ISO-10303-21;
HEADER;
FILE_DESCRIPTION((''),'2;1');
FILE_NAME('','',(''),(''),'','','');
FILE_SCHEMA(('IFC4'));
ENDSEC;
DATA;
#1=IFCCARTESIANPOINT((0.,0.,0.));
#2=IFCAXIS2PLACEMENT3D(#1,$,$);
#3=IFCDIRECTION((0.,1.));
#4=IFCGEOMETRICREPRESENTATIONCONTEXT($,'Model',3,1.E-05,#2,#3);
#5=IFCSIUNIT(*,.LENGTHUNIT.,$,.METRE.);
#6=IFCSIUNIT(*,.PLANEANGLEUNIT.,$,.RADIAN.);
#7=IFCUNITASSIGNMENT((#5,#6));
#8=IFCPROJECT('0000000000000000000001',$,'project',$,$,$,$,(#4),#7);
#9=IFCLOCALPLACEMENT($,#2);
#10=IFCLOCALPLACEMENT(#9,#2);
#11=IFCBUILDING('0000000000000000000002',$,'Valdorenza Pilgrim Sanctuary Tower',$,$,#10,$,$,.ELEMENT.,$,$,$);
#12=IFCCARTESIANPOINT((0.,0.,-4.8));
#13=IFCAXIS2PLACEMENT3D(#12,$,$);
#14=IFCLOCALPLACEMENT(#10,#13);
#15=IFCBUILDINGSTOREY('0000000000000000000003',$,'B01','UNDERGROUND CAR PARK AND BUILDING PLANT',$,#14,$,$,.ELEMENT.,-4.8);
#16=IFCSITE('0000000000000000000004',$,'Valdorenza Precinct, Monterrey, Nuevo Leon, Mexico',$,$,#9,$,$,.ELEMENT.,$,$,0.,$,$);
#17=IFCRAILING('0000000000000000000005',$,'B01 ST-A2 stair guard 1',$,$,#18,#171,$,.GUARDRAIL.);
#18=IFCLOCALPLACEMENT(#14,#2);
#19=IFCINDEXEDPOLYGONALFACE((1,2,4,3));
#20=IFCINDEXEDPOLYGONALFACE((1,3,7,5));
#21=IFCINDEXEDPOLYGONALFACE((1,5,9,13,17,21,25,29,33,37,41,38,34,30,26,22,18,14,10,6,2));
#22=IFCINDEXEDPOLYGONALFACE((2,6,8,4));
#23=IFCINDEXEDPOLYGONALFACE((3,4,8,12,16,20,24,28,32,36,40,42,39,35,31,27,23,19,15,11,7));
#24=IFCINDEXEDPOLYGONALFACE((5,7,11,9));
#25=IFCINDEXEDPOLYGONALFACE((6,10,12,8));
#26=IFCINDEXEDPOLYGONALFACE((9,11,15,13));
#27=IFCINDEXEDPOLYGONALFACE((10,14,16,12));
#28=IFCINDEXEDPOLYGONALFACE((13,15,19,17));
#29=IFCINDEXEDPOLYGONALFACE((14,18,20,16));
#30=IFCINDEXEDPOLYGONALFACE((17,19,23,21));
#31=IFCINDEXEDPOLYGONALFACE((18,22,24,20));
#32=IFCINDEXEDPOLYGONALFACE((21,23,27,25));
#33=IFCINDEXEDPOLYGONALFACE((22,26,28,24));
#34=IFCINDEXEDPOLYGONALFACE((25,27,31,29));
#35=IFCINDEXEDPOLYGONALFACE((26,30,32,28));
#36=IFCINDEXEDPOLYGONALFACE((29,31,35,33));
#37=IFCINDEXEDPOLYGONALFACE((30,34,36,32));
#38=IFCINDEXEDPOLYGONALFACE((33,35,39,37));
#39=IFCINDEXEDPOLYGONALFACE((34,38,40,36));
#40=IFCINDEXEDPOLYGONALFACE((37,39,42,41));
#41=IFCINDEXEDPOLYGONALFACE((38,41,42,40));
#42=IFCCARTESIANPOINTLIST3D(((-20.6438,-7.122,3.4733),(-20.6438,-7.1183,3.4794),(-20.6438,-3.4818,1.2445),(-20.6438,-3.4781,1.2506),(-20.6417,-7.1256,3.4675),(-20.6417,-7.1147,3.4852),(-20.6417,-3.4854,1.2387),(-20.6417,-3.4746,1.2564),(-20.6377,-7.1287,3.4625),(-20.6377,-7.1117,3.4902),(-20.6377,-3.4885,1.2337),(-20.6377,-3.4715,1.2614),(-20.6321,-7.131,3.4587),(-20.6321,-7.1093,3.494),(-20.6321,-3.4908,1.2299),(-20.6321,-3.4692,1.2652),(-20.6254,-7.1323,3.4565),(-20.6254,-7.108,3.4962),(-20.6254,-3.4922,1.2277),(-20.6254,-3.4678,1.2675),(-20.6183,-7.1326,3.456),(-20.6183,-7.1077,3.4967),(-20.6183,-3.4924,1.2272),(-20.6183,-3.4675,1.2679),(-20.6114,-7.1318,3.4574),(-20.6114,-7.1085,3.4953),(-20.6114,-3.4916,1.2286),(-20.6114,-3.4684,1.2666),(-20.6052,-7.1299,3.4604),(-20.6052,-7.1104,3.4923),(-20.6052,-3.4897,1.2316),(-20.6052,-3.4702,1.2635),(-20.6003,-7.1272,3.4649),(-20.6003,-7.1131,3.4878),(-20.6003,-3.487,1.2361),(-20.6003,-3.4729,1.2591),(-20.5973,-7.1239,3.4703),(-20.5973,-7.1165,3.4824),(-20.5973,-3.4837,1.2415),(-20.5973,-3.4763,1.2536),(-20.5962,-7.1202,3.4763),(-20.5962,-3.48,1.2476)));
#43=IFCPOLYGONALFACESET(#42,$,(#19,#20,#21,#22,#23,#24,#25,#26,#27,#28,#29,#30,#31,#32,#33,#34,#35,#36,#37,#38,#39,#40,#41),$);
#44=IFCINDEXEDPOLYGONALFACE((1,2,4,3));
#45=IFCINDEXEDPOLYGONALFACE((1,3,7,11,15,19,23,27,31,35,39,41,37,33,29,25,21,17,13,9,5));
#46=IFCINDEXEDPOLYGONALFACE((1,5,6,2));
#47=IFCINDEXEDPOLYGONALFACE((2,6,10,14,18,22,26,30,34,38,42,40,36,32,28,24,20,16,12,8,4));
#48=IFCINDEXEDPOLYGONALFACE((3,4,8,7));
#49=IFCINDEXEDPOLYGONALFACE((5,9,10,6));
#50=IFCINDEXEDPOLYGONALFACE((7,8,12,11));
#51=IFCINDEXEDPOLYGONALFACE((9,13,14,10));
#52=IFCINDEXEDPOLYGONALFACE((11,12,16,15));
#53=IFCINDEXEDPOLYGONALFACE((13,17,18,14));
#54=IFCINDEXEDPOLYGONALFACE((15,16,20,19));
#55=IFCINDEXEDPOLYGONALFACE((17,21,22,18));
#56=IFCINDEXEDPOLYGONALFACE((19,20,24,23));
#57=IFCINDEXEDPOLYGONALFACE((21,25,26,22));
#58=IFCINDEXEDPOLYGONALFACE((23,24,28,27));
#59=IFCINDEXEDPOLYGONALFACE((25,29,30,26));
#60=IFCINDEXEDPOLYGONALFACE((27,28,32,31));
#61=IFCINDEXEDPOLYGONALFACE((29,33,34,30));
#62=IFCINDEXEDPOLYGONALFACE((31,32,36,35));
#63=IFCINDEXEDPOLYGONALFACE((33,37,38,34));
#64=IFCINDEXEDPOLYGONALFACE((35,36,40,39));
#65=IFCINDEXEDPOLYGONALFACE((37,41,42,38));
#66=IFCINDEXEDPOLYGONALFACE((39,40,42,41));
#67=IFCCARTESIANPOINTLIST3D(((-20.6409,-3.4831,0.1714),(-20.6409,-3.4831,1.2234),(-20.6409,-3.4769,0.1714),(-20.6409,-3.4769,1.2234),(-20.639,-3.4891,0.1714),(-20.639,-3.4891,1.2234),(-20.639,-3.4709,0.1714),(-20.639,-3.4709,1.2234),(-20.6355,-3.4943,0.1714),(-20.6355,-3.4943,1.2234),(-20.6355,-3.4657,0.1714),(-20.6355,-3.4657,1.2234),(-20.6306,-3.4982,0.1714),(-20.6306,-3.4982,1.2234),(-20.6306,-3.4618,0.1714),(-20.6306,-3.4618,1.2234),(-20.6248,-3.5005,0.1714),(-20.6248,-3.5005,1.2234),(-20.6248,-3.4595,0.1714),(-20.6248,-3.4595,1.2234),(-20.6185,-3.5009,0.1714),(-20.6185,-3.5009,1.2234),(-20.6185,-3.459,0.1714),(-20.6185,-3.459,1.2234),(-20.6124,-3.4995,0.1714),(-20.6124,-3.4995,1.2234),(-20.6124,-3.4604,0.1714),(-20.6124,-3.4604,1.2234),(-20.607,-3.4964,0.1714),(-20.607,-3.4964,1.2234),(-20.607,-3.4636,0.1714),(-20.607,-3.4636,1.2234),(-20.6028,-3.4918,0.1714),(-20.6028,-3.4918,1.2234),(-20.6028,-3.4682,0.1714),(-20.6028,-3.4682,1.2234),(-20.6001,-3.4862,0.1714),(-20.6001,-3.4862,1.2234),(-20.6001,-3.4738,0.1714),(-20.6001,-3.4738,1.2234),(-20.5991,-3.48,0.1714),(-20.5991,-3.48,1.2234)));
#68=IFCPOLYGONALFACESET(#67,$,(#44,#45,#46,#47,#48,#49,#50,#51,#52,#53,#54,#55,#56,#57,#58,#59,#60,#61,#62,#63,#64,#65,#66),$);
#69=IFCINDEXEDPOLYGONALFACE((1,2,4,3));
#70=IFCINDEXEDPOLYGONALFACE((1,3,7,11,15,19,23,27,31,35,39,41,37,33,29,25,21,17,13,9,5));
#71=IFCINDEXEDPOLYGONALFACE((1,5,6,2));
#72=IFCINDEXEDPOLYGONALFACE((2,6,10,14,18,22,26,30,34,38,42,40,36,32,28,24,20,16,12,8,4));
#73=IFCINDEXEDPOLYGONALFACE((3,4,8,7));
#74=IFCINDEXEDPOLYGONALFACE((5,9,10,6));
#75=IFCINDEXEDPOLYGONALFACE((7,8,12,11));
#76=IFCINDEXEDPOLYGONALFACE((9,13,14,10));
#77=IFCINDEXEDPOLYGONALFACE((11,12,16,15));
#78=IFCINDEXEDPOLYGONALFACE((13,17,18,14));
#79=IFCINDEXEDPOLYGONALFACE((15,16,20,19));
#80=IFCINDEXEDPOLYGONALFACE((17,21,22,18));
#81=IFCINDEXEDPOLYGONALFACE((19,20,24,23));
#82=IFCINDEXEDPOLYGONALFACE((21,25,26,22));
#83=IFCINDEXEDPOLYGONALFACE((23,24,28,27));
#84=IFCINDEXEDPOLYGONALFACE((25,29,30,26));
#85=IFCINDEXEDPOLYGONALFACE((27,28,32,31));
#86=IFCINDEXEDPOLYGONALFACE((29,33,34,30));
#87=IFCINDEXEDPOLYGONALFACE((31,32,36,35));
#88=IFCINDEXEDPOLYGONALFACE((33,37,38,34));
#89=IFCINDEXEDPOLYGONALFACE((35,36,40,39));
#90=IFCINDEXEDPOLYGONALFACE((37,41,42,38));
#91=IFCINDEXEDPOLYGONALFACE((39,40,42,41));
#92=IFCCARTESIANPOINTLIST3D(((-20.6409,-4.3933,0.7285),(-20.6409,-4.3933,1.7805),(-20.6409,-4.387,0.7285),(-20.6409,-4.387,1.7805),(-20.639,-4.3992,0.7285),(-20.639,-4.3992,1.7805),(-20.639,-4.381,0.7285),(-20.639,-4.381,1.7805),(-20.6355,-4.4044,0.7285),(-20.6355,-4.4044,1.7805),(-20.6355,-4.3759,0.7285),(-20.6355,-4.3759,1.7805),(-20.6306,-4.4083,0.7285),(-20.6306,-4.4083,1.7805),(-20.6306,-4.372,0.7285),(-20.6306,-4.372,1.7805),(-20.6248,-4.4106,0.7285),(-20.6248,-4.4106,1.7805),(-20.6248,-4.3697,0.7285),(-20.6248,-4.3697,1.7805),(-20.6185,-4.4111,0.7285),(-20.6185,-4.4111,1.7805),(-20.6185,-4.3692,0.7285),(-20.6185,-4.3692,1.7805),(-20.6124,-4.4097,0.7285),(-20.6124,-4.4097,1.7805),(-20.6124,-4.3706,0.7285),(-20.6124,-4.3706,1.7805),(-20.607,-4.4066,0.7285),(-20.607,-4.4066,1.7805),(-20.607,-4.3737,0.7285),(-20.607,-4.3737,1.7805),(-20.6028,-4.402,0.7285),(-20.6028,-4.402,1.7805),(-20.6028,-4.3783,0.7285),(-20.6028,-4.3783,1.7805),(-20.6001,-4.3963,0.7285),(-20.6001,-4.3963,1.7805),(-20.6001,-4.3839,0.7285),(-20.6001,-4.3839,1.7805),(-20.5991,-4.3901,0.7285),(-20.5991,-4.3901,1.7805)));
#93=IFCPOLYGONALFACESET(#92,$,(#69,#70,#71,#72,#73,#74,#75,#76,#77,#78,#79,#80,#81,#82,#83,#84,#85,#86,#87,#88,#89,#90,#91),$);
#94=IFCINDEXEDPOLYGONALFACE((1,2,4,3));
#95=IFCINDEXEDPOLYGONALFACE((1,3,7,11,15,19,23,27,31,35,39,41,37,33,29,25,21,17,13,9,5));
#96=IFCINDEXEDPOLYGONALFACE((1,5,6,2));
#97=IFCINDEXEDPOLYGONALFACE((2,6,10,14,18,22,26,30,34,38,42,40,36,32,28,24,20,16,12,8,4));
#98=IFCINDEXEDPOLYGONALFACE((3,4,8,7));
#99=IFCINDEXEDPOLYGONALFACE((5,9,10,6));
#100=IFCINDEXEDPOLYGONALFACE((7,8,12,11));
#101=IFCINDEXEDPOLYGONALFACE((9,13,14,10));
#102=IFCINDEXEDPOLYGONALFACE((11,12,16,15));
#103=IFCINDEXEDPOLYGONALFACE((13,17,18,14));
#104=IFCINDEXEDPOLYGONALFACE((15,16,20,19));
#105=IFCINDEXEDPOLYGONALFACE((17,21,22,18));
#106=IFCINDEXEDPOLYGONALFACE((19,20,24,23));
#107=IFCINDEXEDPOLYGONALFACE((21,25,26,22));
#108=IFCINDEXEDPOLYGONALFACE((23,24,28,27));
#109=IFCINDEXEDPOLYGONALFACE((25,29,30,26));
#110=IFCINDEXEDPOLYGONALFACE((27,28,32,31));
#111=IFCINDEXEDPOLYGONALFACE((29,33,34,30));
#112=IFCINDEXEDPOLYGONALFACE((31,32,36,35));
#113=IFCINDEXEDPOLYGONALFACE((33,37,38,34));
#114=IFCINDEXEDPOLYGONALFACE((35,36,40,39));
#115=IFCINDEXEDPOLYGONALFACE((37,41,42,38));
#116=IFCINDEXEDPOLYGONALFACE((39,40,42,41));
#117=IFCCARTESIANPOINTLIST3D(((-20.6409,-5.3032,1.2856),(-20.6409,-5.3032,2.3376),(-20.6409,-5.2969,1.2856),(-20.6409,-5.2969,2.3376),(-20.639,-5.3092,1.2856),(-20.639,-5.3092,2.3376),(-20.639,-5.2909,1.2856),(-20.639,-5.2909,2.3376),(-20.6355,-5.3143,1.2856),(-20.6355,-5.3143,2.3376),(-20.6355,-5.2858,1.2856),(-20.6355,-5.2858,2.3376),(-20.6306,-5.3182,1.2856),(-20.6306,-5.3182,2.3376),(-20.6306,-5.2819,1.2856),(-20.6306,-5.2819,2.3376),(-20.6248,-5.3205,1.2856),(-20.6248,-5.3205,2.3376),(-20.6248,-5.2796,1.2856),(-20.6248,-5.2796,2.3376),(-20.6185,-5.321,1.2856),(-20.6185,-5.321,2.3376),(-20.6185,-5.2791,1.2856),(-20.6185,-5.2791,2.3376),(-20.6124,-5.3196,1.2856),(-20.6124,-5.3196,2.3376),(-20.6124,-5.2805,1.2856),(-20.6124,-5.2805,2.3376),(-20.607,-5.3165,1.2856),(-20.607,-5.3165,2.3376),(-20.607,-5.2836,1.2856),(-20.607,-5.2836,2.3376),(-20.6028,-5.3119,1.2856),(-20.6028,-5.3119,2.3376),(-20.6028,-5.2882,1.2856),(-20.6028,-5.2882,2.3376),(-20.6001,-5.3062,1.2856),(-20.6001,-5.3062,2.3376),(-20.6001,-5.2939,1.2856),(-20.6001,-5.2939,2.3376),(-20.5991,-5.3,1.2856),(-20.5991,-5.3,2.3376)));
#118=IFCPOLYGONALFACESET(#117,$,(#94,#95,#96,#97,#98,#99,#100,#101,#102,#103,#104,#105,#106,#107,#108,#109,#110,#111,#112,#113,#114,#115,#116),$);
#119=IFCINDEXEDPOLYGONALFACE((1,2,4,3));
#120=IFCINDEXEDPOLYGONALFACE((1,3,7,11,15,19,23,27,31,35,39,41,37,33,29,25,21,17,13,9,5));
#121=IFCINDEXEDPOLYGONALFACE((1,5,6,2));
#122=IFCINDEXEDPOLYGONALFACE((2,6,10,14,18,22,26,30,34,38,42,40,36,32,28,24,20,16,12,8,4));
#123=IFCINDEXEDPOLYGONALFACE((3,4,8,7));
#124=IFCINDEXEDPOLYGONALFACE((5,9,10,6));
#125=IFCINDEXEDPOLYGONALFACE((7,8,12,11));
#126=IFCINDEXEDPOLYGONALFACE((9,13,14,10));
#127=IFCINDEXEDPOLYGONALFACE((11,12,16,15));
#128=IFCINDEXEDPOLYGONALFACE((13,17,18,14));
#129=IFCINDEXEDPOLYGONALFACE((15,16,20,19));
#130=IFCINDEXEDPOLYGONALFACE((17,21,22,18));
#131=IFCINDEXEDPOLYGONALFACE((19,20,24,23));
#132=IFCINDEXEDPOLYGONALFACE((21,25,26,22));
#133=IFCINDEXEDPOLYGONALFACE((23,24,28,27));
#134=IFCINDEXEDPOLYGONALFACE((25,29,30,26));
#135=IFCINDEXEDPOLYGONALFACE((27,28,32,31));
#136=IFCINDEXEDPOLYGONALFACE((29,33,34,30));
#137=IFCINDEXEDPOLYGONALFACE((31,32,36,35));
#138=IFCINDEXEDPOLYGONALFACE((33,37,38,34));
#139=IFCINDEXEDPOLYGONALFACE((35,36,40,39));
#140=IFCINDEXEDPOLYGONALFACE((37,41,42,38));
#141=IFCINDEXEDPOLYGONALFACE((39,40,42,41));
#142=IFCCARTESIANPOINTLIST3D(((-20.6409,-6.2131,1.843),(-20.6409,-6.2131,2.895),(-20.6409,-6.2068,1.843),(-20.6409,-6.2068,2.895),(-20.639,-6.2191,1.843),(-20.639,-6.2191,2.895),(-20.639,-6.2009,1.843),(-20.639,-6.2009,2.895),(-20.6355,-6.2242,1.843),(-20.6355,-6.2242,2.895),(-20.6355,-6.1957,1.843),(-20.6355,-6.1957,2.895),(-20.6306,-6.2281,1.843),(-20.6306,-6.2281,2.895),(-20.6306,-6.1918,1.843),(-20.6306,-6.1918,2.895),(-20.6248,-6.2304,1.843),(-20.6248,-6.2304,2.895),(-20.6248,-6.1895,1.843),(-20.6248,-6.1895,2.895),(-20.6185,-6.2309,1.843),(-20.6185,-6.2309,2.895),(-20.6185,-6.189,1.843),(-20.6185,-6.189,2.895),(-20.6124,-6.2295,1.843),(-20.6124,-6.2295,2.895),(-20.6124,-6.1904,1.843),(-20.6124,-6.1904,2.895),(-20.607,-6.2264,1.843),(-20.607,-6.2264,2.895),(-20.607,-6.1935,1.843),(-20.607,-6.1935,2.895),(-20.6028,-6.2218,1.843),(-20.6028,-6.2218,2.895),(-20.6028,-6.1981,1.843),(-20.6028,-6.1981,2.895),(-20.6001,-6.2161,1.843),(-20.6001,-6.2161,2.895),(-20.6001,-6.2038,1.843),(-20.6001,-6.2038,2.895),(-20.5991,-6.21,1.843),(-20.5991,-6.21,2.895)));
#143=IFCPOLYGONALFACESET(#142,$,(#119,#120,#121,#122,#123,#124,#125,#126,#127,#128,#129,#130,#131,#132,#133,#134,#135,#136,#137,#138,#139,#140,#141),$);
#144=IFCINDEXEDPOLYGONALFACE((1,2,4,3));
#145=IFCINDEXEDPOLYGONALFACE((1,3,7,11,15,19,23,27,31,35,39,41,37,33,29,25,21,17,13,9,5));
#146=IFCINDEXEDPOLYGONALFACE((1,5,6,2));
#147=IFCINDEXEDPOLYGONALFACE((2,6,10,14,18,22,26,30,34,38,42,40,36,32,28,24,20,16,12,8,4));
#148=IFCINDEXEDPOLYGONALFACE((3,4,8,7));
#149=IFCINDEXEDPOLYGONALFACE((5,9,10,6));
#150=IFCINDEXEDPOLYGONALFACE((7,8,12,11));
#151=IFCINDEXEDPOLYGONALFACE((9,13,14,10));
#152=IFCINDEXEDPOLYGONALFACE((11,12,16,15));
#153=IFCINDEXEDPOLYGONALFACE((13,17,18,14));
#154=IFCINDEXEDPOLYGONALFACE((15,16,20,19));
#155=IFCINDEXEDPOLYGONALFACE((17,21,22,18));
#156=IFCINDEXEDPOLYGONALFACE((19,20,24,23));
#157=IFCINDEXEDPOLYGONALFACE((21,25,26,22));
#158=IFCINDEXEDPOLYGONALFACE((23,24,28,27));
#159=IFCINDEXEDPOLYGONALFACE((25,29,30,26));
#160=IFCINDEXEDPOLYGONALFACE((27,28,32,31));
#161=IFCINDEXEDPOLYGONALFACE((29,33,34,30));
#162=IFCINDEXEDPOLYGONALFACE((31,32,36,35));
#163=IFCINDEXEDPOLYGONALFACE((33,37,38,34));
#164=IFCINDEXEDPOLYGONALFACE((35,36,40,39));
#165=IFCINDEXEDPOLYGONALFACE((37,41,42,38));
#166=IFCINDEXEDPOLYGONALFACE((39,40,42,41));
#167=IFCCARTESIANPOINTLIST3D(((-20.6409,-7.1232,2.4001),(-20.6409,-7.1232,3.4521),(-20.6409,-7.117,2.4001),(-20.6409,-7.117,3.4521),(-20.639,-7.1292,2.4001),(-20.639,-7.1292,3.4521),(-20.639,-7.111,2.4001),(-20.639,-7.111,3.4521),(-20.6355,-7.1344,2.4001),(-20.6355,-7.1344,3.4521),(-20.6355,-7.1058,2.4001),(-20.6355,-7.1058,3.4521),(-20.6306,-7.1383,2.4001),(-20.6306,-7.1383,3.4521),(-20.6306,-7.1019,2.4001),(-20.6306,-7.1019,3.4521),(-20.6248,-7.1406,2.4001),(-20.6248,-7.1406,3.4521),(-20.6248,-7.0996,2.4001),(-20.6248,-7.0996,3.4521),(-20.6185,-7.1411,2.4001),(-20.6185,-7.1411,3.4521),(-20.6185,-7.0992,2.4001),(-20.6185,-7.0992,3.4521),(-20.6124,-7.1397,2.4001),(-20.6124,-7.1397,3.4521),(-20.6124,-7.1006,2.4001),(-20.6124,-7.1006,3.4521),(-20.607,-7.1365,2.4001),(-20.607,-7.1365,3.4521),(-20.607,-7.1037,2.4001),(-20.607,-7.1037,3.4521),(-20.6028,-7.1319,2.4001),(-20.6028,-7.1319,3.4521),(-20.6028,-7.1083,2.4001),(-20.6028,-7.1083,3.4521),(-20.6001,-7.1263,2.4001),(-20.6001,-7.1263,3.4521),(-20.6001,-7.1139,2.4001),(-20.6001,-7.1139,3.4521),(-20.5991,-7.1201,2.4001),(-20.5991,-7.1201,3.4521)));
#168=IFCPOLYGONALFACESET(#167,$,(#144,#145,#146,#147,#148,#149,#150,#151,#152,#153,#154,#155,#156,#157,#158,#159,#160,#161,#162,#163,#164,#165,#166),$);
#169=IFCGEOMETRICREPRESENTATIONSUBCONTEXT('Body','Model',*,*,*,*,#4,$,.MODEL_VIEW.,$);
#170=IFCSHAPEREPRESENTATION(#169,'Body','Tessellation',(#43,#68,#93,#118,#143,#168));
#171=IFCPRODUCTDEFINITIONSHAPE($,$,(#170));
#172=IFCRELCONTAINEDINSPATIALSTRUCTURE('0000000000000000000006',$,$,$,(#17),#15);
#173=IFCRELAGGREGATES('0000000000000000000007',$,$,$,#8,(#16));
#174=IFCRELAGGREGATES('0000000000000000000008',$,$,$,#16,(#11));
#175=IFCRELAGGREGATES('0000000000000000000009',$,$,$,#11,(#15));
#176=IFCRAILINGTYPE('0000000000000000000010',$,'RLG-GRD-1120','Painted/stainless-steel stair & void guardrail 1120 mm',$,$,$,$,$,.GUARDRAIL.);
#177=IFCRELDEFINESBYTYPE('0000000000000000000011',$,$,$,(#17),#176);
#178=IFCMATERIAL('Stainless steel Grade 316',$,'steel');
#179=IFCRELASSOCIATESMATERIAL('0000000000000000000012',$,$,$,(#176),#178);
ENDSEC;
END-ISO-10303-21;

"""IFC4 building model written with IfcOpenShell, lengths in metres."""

from ifc_helpers import new_model, si_unit, direction, frame, origin, origin_2d, place, context, subcontext, project, spatial, circle, extrude, material, type_object, element, save


model = new_model("IFC4")

# Units and contexts
model_context = context("Model", 3, precision=1e-05, world=origin(), true_north=direction((0.0, 1.0)))
body_context = subcontext(model_context, "Body", "Model", "MODEL_VIEW")
ifc_project = project(units=[si_unit("LENGTHUNIT", "METRE"), si_unit("PLANEANGLEUNIT", "RADIAN")], contexts=[model_context])

# Site, building, storey
site_placement = place(None, origin())
site = spatial("IfcSite", under=ifc_project, at=site_placement, Name="Valdorenza Precinct, Monterrey, Nuevo Leon, Mexico", CompositionType="ELEMENT", RefElevation=0.0)
building_placement = place(site_placement, origin())
building = spatial("IfcBuilding", under=site, at=building_placement, Name="Valdorenza Pilgrim Sanctuary Tower", CompositionType="ELEMENT")
storey_placement = place(building_placement, frame((0.0, 0.0, -4.8)))
storey = spatial("IfcBuildingStorey", under=building, at=storey_placement, Name="B01", Description="UNDERGROUND CAR PARK AND BUILDING PLANT", CompositionType="ELEMENT", Elevation=-4.8)

# Railing
ifc_material_1 = material(Name="Stainless steel Grade 316", Category="steel")
railing_type_1 = type_object("IfcRailingType", Name="RLG-GRD-1120", Description="Painted/stainless-steel stair & void guardrail 1120 mm", PredefinedType="GUARDRAIL", material=ifc_material_1)
railing_1_placement = place(storey_placement, frame((-20.6201, -3.48, 0.1714)))
element("IfcRailing", 1, at=railing_1_placement, inside=storey, type_object=railing_type_1, Name="B01 ST-A2 stair guard 1", PredefinedType="GUARDRAIL", context=body_context, shape_type="SweptSolid", body=[
    extrude(circle(Radius=0.0239, at=origin_2d()), frame((0.0, 0.0, 1.0762), z_axis=(0.0, -0.85284, 0.522172), x_axis=(1.0, 0.0, 0.0)), (0.0, 0.0, 1.0), 4.2683),
    extrude(circle(Radius=0.021, at=origin_2d()), origin(), (0.0, 0.0, 1.0), 1.052),
    extrude(circle(Radius=0.021, at=origin_2d()), frame((0.0, -0.9102, 0.5571)), (0.0, 0.0, 1.0), 1.052),
    extrude(circle(Radius=0.021, at=origin_2d()), frame((0.0, -1.8201, 1.1143)), (0.0, 0.0, 1.0), 1.052),
    extrude(circle(Radius=0.021, at=origin_2d()), frame((0.0, -2.73, 1.6716)), (0.0, 0.0, 1.0), 1.052),
    extrude(circle(Radius=0.021, at=origin_2d()), frame((0.0, -3.6401, 2.2288)), (0.0, 0.0, 1.0), 1.052),
])

save(model, "model.ifc")
